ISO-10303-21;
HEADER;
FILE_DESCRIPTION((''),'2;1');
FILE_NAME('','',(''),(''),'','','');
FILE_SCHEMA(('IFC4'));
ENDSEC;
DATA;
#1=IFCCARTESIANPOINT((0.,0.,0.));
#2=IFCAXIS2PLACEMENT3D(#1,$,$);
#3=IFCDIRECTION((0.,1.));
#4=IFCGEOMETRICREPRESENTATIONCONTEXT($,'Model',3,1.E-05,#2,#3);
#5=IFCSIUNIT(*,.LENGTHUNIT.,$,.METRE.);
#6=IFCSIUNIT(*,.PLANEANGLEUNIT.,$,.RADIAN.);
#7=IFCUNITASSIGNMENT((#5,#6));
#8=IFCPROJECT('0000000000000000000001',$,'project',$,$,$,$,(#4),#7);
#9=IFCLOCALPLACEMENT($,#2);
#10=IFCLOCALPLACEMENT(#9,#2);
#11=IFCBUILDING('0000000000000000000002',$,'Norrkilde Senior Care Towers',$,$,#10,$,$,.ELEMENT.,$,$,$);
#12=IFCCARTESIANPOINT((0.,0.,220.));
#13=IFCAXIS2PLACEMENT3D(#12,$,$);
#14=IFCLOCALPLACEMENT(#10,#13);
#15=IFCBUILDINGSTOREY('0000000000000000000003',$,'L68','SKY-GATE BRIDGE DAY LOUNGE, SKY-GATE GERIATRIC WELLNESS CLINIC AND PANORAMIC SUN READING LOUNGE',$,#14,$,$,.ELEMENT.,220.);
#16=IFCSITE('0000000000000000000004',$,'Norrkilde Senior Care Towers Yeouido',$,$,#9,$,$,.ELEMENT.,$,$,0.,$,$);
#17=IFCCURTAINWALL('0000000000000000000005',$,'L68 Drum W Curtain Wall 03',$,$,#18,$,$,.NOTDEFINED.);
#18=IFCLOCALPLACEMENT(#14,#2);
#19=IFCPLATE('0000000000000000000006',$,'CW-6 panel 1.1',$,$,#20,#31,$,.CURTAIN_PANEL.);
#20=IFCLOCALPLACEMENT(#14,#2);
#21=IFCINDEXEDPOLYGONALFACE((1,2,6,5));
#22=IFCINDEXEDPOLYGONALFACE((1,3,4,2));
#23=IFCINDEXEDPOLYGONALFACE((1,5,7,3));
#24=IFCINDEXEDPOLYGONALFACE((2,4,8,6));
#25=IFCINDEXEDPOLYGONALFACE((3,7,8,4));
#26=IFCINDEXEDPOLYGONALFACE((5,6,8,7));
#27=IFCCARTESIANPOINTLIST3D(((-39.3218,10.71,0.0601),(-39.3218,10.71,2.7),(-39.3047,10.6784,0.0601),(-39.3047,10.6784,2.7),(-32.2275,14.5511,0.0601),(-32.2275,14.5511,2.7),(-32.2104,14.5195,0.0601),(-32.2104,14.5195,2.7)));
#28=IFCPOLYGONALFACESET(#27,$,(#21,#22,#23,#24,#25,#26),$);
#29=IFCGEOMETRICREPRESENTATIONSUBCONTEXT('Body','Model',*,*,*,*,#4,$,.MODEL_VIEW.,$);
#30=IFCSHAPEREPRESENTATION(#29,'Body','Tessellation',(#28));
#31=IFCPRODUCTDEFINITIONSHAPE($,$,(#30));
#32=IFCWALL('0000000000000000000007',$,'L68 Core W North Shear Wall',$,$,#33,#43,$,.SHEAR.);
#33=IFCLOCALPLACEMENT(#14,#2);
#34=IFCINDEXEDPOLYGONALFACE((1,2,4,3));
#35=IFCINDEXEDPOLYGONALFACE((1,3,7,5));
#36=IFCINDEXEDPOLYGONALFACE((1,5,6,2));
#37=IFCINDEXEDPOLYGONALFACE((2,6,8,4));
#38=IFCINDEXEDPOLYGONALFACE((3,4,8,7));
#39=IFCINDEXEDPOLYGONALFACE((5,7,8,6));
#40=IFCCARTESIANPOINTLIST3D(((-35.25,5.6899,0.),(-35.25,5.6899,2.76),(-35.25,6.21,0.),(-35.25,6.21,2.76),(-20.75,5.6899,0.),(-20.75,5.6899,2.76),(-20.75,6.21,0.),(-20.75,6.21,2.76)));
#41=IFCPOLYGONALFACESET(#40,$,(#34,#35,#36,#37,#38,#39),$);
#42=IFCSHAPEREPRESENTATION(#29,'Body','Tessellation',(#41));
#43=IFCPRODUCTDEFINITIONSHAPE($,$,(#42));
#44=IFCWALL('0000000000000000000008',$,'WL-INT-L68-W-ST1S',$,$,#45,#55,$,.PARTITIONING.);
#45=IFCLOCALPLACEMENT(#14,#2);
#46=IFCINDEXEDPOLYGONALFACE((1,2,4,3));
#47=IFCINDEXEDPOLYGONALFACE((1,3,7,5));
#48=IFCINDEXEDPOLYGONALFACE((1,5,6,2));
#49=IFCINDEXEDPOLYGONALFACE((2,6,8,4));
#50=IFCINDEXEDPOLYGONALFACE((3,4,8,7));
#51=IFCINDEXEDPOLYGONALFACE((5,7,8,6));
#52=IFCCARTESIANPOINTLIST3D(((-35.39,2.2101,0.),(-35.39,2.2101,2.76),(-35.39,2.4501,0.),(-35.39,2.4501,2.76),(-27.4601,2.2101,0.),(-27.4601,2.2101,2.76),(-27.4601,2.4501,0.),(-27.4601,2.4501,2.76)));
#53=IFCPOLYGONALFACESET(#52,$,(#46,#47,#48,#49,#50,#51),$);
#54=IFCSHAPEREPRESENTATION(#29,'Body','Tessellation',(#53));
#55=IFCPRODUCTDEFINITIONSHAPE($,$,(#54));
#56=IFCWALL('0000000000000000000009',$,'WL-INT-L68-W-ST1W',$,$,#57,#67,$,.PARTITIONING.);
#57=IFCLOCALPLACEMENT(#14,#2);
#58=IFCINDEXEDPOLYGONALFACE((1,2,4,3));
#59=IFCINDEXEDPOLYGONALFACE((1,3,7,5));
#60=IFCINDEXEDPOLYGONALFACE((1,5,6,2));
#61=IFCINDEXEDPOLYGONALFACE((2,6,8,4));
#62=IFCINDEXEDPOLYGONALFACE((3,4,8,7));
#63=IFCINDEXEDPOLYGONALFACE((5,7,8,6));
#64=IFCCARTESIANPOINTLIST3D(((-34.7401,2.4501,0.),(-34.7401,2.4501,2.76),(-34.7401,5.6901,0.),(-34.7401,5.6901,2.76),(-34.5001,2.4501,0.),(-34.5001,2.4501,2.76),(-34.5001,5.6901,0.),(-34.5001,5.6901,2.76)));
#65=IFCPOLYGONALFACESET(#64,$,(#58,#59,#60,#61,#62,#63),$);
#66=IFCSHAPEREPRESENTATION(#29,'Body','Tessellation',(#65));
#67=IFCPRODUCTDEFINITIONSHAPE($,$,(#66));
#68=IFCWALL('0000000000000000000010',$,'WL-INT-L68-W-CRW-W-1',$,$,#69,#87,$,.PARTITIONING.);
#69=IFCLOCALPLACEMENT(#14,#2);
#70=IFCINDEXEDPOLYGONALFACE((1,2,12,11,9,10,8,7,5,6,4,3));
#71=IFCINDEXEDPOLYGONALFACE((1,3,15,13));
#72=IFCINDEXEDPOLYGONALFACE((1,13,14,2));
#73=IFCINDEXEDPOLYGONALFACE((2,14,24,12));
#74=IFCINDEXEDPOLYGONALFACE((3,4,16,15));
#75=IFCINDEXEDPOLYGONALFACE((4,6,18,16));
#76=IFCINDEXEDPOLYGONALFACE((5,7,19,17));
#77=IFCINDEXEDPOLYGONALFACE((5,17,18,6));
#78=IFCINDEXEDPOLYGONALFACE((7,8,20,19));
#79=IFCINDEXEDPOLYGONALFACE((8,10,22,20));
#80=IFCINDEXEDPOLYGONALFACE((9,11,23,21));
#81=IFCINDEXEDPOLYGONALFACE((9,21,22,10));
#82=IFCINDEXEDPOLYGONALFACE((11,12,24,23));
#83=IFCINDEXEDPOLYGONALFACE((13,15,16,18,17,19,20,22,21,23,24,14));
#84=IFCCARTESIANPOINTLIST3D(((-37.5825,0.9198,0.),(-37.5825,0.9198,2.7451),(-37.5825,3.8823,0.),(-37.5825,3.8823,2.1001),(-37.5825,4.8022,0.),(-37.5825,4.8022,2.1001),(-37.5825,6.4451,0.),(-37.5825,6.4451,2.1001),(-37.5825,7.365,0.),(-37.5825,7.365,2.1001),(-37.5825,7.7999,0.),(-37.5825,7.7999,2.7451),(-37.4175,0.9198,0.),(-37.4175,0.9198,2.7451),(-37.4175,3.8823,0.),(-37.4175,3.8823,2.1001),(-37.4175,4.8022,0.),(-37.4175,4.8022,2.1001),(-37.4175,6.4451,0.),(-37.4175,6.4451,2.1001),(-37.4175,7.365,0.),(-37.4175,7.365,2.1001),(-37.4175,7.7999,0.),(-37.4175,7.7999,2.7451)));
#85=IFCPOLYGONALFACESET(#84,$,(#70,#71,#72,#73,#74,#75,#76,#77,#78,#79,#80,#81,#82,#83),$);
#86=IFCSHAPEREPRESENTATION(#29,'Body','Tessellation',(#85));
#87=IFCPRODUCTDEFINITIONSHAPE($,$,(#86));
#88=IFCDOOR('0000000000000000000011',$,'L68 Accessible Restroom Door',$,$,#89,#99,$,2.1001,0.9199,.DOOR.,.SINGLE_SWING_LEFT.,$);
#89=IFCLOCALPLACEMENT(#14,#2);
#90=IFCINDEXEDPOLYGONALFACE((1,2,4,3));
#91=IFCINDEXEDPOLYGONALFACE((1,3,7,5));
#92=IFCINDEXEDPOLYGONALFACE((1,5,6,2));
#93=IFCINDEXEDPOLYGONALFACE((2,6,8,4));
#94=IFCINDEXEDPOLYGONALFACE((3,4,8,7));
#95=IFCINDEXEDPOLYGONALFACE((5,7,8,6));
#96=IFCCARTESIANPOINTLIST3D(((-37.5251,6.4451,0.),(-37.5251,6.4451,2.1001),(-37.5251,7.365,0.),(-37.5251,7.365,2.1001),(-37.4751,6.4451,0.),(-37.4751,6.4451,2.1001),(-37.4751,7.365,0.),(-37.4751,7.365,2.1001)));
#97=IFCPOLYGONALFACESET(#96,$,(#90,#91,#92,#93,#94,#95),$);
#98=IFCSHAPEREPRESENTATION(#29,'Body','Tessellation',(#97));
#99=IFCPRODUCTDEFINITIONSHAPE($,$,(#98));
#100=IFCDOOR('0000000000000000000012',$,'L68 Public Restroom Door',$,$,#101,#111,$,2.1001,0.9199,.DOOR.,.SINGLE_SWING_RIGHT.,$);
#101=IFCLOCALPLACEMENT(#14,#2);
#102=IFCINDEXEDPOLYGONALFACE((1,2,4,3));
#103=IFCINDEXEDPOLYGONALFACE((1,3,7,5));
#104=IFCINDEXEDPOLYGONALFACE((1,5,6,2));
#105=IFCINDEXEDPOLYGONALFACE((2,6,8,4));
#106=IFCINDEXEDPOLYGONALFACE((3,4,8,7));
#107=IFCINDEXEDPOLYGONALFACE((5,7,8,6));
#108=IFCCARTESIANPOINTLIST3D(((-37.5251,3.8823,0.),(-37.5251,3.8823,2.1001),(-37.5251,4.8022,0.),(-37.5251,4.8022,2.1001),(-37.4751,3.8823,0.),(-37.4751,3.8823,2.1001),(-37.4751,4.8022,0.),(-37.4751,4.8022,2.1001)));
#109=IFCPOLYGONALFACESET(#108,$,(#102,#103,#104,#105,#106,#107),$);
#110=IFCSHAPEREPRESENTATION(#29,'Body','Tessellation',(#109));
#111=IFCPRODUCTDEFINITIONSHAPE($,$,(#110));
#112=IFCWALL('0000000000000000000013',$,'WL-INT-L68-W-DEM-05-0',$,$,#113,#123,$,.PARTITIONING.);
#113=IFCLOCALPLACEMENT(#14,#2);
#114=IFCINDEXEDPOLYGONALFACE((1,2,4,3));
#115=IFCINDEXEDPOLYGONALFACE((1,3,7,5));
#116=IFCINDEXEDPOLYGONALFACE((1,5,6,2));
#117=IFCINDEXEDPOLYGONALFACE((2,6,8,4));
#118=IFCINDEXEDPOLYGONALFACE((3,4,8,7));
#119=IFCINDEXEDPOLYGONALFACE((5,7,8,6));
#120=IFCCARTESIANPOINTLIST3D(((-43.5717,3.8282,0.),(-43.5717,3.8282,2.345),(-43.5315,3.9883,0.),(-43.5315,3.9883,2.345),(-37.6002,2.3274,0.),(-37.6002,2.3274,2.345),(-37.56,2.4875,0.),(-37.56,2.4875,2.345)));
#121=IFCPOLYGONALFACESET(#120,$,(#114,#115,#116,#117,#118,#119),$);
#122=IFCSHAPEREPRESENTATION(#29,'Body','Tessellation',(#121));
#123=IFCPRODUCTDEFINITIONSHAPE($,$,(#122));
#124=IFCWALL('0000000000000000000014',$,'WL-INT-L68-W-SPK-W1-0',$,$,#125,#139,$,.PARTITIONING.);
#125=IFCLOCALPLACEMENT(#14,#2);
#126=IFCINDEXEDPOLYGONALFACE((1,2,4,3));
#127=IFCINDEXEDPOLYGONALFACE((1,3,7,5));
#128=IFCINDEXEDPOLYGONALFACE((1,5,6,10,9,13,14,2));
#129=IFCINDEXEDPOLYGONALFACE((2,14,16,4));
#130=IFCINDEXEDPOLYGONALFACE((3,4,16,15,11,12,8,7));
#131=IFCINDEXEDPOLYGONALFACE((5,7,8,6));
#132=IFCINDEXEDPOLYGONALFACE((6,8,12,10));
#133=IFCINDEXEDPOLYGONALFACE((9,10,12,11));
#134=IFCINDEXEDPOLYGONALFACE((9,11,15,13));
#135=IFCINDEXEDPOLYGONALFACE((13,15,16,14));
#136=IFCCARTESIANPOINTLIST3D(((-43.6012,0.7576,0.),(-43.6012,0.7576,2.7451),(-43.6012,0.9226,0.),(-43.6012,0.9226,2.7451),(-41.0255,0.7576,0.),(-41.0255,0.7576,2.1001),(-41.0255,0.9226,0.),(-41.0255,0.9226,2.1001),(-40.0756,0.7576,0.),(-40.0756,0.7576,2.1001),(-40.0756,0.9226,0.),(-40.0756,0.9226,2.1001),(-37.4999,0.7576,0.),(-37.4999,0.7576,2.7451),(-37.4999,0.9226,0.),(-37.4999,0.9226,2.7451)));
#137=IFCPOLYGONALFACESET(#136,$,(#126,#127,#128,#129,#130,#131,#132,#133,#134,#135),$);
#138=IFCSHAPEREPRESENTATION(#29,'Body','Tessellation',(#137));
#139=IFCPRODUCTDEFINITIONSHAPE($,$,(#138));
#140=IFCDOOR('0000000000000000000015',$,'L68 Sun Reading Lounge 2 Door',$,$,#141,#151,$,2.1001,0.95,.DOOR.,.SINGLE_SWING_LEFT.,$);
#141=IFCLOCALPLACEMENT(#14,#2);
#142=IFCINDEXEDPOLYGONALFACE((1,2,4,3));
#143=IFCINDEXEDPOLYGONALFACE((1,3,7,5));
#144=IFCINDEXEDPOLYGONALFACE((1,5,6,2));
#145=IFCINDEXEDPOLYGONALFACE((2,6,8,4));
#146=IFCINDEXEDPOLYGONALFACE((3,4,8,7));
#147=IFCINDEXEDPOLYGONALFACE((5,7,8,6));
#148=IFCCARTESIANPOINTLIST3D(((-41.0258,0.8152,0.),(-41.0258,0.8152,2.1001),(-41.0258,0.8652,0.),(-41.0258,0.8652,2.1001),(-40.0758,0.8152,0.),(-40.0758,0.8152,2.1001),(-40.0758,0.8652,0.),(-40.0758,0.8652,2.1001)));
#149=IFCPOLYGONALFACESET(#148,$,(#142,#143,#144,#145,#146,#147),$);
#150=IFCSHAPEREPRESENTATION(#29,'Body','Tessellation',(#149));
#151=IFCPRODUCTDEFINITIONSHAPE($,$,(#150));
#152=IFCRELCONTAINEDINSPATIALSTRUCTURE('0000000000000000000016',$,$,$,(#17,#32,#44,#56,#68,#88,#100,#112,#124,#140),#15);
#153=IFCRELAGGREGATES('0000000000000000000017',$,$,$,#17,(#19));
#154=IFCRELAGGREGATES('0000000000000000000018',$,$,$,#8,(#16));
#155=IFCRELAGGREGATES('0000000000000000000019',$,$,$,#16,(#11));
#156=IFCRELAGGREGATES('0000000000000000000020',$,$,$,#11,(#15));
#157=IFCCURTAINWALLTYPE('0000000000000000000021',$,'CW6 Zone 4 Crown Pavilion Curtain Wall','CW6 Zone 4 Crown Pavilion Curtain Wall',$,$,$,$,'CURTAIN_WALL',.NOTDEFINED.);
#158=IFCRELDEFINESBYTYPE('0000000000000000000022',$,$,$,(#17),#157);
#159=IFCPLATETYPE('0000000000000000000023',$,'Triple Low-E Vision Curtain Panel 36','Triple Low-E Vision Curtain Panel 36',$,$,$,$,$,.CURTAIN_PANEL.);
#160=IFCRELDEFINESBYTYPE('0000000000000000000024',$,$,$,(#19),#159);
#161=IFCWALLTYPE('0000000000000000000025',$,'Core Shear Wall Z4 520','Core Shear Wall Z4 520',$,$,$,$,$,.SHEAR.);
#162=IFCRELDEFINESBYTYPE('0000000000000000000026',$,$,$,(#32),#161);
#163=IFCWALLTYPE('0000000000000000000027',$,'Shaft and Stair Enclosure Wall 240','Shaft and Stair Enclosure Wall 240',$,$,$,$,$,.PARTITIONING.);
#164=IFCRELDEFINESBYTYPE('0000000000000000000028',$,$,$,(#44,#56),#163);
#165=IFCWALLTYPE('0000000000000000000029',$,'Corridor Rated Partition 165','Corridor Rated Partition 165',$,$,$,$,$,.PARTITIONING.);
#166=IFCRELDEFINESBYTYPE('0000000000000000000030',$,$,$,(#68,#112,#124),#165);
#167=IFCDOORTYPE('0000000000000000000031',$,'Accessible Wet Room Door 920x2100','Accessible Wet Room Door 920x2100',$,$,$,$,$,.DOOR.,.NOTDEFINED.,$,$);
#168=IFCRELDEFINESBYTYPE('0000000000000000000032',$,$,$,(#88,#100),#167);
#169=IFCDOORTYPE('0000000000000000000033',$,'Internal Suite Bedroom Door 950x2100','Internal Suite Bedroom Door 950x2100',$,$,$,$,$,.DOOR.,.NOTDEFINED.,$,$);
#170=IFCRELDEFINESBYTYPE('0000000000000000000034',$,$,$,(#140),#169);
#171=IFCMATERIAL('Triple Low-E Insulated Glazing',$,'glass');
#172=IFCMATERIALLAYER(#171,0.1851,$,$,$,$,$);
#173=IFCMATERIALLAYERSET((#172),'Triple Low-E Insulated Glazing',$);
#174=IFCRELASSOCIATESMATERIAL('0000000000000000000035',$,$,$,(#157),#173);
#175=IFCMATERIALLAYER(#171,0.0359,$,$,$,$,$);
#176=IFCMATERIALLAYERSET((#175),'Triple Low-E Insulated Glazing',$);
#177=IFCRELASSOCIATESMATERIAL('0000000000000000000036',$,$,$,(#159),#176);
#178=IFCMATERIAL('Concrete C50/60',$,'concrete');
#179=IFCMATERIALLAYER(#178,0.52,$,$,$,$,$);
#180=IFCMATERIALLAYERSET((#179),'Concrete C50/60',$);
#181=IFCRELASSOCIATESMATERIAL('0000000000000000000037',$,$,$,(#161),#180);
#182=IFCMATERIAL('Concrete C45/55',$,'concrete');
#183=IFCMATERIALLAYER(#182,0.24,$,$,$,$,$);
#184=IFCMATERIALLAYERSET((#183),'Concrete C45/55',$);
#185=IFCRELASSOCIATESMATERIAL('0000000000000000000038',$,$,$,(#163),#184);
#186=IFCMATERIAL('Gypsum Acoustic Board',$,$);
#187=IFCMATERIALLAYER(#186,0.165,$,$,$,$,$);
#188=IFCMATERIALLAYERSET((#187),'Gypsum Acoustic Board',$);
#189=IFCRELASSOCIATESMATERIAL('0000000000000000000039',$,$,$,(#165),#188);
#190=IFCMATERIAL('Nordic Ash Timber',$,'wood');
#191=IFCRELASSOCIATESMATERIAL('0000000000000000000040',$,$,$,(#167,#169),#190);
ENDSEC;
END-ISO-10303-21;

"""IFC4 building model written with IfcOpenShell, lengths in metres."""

from ifc_helpers import new_model, si_unit, direction, frame, frame_2d, origin, origin_2d, place, context, subcontext, project, spatial, rectangle, extrude, source, transform, mapped, material, layer, layer_set, type_object, type_shapes, element, fill, aggregate, save


model = new_model("IFC4")

# Units and contexts
model_context = context("Model", 3, precision=1e-05, world=origin(), true_north=direction((0.0, 1.0)))
body_context = subcontext(model_context, "Body", "Model", "MODEL_VIEW")
ifc_project = project(units=[si_unit("LENGTHUNIT", "METRE"), si_unit("PLANEANGLEUNIT", "RADIAN")], contexts=[model_context])

# Site, building, storey
site_placement = place(None, origin())
site = spatial("IfcSite", under=ifc_project, at=site_placement, Name="Norrkilde Senior Care Towers Yeouido", CompositionType="ELEMENT", RefElevation=0.0)
building_placement = place(site_placement, origin())
building = spatial("IfcBuilding", under=site, at=building_placement, Name="Norrkilde Senior Care Towers", CompositionType="ELEMENT")
storey_placement = place(building_placement, frame((0.0, 0.0, 220.0)))
storey = spatial("IfcBuildingStorey", under=building, at=storey_placement, Name="L68", Description="SKY-GATE BRIDGE DAY LOUNGE, SKY-GATE GERIATRIC WELLNESS CLINIC AND PANORAMIC SUN READING LOUNGE", CompositionType="ELEMENT", Elevation=220.0)

# Shared definitions
ifc_material_1 = material(Name="Concrete C50/60", Category="concrete")

# Curtain wall
ifc_material_2 = material(Name="Triple Low-E Insulated Glazing", Category="glass")
ifc_layer_1 = layer(ifc_material_2, 0.1851)
ifc_layer_set_1 = layer_set([ifc_layer_1], Name="Triple Low-E Insulated Glazing")
curtain_wall_type = type_object("IfcCurtainWallType", Name="CW6 Zone 4 Crown Pavilion Curtain Wall", Description="CW6 Zone 4 Crown Pavilion Curtain Wall", ElementType="CURTAIN_WALL", PredefinedType="NOTDEFINED", material=ifc_layer_set_1)
curtain_wall_1_placement = place(storey_placement, origin())
curtain_wall_1 = element("IfcCurtainWall", 1, at=curtain_wall_1_placement, inside=storey, type_object=curtain_wall_type, Name="L68 Drum W Curtain Wall 03", PredefinedType="NOTDEFINED")

# Plate
ifc_layer_2 = layer(ifc_material_2, 0.0359)
ifc_layer_set_2 = layer_set([ifc_layer_2], Name="Triple Low-E Insulated Glazing")
plate_type = type_object("IfcPlateType", Name="Triple Low-E Vision Curtain Panel 36", Description="Triple Low-E Vision Curtain Panel 36", PredefinedType="CURTAIN_PANEL", material=ifc_layer_set_2)
shared_shape_1 = source(origin(), body_context, "Body", "SweptSolid", [
    extrude(rectangle(XDim=8.0674, YDim=0.0359, at=origin_2d()), origin(), (0.0, 0.0, 1.0), 2.6399),
])
plate_1_placement = place(storey_placement, frame((-35.7661, 12.6147, 0.0601), z_axis=(0.0, 0.0, 1.0), x_axis=(0.879373, 0.476133, 0.0)))
plate_1 = element("IfcPlate", 2, at=plate_1_placement, type_object=plate_type, Name="CW-6 panel 1.1", PredefinedType="CURTAIN_PANEL", context=body_context, shape_type="MappedRepresentation", body=[
    mapped(shared_shape_1, transform((0.0, 0.0, 0.0), x_axis=(1.0, 0.0, 0.0), y_axis=(0.0, 1.0, 0.0), z_axis=(0.0, 0.0, 1.0), scale=1.0)),
])
aggregate(curtain_wall_1, [plate_1])

# Walls
ifc_layer_3 = layer(ifc_material_1, 0.52)
ifc_layer_set_3 = layer_set([ifc_layer_3], Name="Concrete C50/60")
wall_type_1 = type_object("IfcWallType", Name="Core Shear Wall Z4 520", Description="Core Shear Wall Z4 520", PredefinedType="SHEAR", material=ifc_layer_set_3)
shared_shape_2 = source(origin(), body_context, "Body", "SweptSolid", [
    extrude(rectangle(XDim=14.5, YDim=0.52, at=frame_2d((7.25, 0.0))), origin(), (0.0, 0.0, 1.0), 2.76),
])
type_shapes(wall_type_1, [shared_shape_2])
wall_1_placement = place(storey_placement, frame((-35.25, 5.95, 0.0), z_axis=(0.0, 0.0, 1.0), x_axis=(1.0, 0.0, 0.0)))
element("IfcWall", 3, at=wall_1_placement, inside=storey, type_object=wall_type_1, Name="L68 Core W North Shear Wall", PredefinedType="SHEAR", context=body_context, shape_type="MappedRepresentation", body=[
    mapped(shared_shape_2, transform((0.0, 0.0, 0.0), x_axis=(1.0, 0.0, 0.0), y_axis=(0.0, 1.0, 0.0), z_axis=(0.0, 0.0, 1.0), scale=1.0)),
])
ifc_material_3 = material(Name="Concrete C45/55", Category="concrete")
ifc_layer_4 = layer(ifc_material_3, 0.24)
ifc_layer_set_4 = layer_set([ifc_layer_4], Name="Concrete C45/55")
wall_type_2 = type_object("IfcWallType", Name="Shaft and Stair Enclosure Wall 240", Description="Shaft and Stair Enclosure Wall 240", PredefinedType="PARTITIONING", material=ifc_layer_set_4)
shared_shape_3 = source(origin(), body_context, "Body", "SweptSolid", [
    extrude(rectangle(XDim=7.9299, YDim=0.24, at=frame_2d((3.9648, 0.0))), origin(), (0.0, 0.0, 1.0), 2.76),
])
wall_2_placement = place(storey_placement, frame((-35.3899, 2.3301, 0.0), z_axis=(0.0, 0.0, 1.0), x_axis=(1.0, 0.0, 0.0)))
element("IfcWall", 4, at=wall_2_placement, inside=storey, type_object=wall_type_2, Name="WL-INT-L68-W-ST1S", PredefinedType="PARTITIONING", context=body_context, shape_type="MappedRepresentation", body=[
    mapped(shared_shape_3, transform((0.0, 0.0, 0.0), x_axis=(1.0, 0.0, 0.0), y_axis=(0.0, 1.0, 0.0), z_axis=(0.0, 0.0, 1.0), scale=1.0)),
])
shared_shape_4 = source(origin(), body_context, "Body", "SweptSolid", [
    extrude(rectangle(XDim=3.24, YDim=0.24, at=frame_2d((1.6201, 0.0))), origin(), (0.0, 0.0, 1.0), 2.76),
])
type_shapes(wall_type_2, [shared_shape_3, shared_shape_4])
wall_3_placement = place(storey_placement, frame((-34.6201, 2.45, 0.0), z_axis=(0.0, 0.0, 1.0), x_axis=(0.0, 1.0, 0.0)))
element("IfcWall", 5, at=wall_3_placement, inside=storey, type_object=wall_type_2, Name="WL-INT-L68-W-ST1W", PredefinedType="PARTITIONING", context=body_context, shape_type="MappedRepresentation", body=[
    mapped(shared_shape_4, transform((0.0, 0.0, 0.0), x_axis=(1.0, 0.0, 0.0), y_axis=(0.0, 1.0, 0.0), z_axis=(0.0, 0.0, 1.0), scale=1.0)),
])

# Wall, openings, doors
ifc_material_4 = material(Name="Gypsum Acoustic Board")
ifc_layer_5 = layer(ifc_material_4, 0.165)
ifc_layer_set_5 = layer_set([ifc_layer_5], Name="Gypsum Acoustic Board")
wall_type_3 = type_object("IfcWallType", Name="Corridor Rated Partition 165", Description="Corridor Rated Partition 165", PredefinedType="PARTITIONING", material=ifc_layer_set_5)
ifc_material_5 = material(Name="Nordic Ash Timber", Category="wood")
shared_shape_5 = source(origin(), body_context, "Body", "SweptSolid", [
    extrude(rectangle(XDim=6.8801, YDim=0.165, at=frame_2d((3.4399, 0.0))), origin(), (0.0, 0.0, 1.0), 2.7451),
])
wall_4_placement = place(storey_placement, frame((-37.5, 0.9199, 0.0), z_axis=(0.0, 0.0, 1.0), x_axis=(0.0, 1.0, 0.0)))
wall_4 = element("IfcWall", 6, at=wall_4_placement, inside=storey, type_object=wall_type_3, Name="WL-INT-L68-W-CRW-W-1", PredefinedType="PARTITIONING", context=body_context, shape_type="MappedRepresentation", body=[
    mapped(shared_shape_5, transform((0.0, 0.0, 0.0), x_axis=(1.0, 0.0, 0.0), y_axis=(0.0, 1.0, 0.0), z_axis=(0.0, 0.0, 1.0), scale=1.0)),
])
opening_1_placement = place(wall_4_placement, frame((5.5251, 0.0, 0.0)))
opening_1 = element("IfcOpeningElement", 7, at=opening_1_placement, cuts=wall_4, PredefinedType="OPENING", context=body_context, shape_type="SweptSolid", body=[
    extrude(rectangle(XDim=0.9199, YDim=2.1001, at=frame_2d((0.46, 1.05))), frame((0.0, 0.0925, 0.0), z_axis=(0.0, -1.0, 0.0), x_axis=(1.0, 0.0, 0.0)), (0.0, 0.0, 1.0), 0.1851),
])
opening_2_placement = place(wall_4_placement, frame((2.9624, 0.0, 0.0)))
opening_2 = element("IfcOpeningElement", 8, at=opening_2_placement, cuts=wall_4, PredefinedType="OPENING", context=body_context, shape_type="SweptSolid", body=[
    extrude(rectangle(XDim=0.9199, YDim=2.1001, at=frame_2d((0.46, 1.05))), frame((0.0, 0.0925, 0.0), z_axis=(0.0, -1.0, 0.0), x_axis=(1.0, 0.0, 0.0)), (0.0, 0.0, 1.0), 0.1851),
])
door_type_1 = type_object("IfcDoorType", Name="Accessible Wet Room Door 920x2100", Description="Accessible Wet Room Door 920x2100", OperationType="NOTDEFINED", PredefinedType="DOOR", material=ifc_material_5)
shared_shape_6 = source(origin(), body_context, "Body", "SweptSolid", [
    extrude(rectangle(XDim=0.9199, YDim=2.1001, at=frame_2d((0.46, 1.05))), frame((0.0, 0.0249, 0.0), z_axis=(0.0, -1.0, 0.0), x_axis=(1.0, 0.0, 0.0)), (0.0, 0.0, 1.0), 0.05),
])
type_shapes(door_type_1, [shared_shape_6])
door_1_placement = place(opening_1_placement, frame((0.9199, 0.0, 0.0), z_axis=(0.0, 0.0, 1.0), x_axis=(-1.0, 0.0, 0.0)))
door_1 = element("IfcDoor", 9, at=door_1_placement, inside=storey, type_object=door_type_1, Name="L68 Accessible Restroom Door", OperationType="SINGLE_SWING_LEFT", OverallHeight=2.1001, OverallWidth=0.9199, PredefinedType="DOOR", context=body_context, shape_type="MappedRepresentation", body=[
    mapped(shared_shape_6, transform((0.0, 0.0, 0.0), x_axis=(1.0, 0.0, 0.0), y_axis=(0.0, 1.0, 0.0), z_axis=(0.0, 0.0, 1.0), scale=1.0)),
])
fill(opening_1, door_1)
door_2_placement = place(opening_2_placement, frame((0.9199, 0.0, 0.0), z_axis=(0.0, 0.0, 1.0), x_axis=(-1.0, 0.0, 0.0)))
door_2 = element("IfcDoor", 10, at=door_2_placement, inside=storey, type_object=door_type_1, Name="L68 Public Restroom Door", OperationType="SINGLE_SWING_RIGHT", OverallHeight=2.1001, OverallWidth=0.9199, PredefinedType="DOOR", context=body_context, shape_type="MappedRepresentation", body=[
    mapped(shared_shape_6, transform((0.0, 0.0, 0.0), x_axis=(1.0, 0.0, 0.0), y_axis=(0.0, 1.0, 0.0), z_axis=(0.0, 0.0, 1.0), scale=1.0)),
])
fill(opening_2, door_2)

# Wall
shared_shape_7 = source(origin(), body_context, "Body", "SweptSolid", [
    extrude(rectangle(XDim=6.1572, YDim=0.165, at=frame_2d((3.0786, 0.0))), origin(), (0.0, 0.0, 1.0), 2.345),
])
wall_5_placement = place(storey_placement, frame((-37.5801, 2.4075, 0.0), z_axis=(0.0, 0.0, 1.0), x_axis=(-0.969841, 0.243739, 0.0)))
element("IfcWall", 11, at=wall_5_placement, inside=storey, type_object=wall_type_3, Name="WL-INT-L68-W-DEM-05-0", PredefinedType="PARTITIONING", context=body_context, shape_type="MappedRepresentation", body=[
    mapped(shared_shape_7, transform((0.0, 0.0, 0.0), x_axis=(1.0, 0.0, 0.0), y_axis=(0.0, 1.0, 0.0), z_axis=(0.0, 0.0, 1.0), scale=1.0)),
])

# Wall, opening, door
shared_shape_8 = source(origin(), body_context, "Body", "SweptSolid", [
    extrude(rectangle(XDim=6.1013, YDim=0.165, at=frame_2d((3.0508, 0.0))), origin(), (0.0, 0.0, 1.0), 2.7451),
])
wall_6_placement = place(storey_placement, frame((-43.6013, 0.8401, 0.0), z_axis=(0.0, 0.0, 1.0), x_axis=(1.0, 0.0, 0.0)))
wall_6 = element("IfcWall", 12, at=wall_6_placement, inside=storey, type_object=wall_type_3, Name="WL-INT-L68-W-SPK-W1-0", PredefinedType="PARTITIONING", context=body_context, shape_type="MappedRepresentation", body=[
    mapped(shared_shape_8, transform((0.0, 0.0, 0.0), x_axis=(1.0, 0.0, 0.0), y_axis=(0.0, 1.0, 0.0), z_axis=(0.0, 0.0, 1.0), scale=1.0)),
])
opening_3_placement = place(wall_6_placement, frame((2.5757, 0.0, 0.0)))
opening_3 = element("IfcOpeningElement", 13, at=opening_3_placement, cuts=wall_6, PredefinedType="OPENING", context=body_context, shape_type="SweptSolid", body=[
    extrude(rectangle(XDim=0.95, YDim=2.1001, at=frame_2d((0.4751, 1.05))), frame((0.0, 0.0925, 0.0), z_axis=(0.0, -1.0, 0.0), x_axis=(1.0, 0.0, 0.0)), (0.0, 0.0, 1.0), 0.1851),
])
door_type_2 = type_object("IfcDoorType", Name="Internal Suite Bedroom Door 950x2100", Description="Internal Suite Bedroom Door 950x2100", OperationType="NOTDEFINED", PredefinedType="DOOR", material=ifc_material_5)
shared_shape_9 = source(origin(), body_context, "Body", "SweptSolid", [
    extrude(rectangle(XDim=0.95, YDim=2.1001, at=frame_2d((0.4751, 1.05))), frame((0.0, 0.0249, 0.0), z_axis=(0.0, -1.0, 0.0), x_axis=(1.0, 0.0, 0.0)), (0.0, 0.0, 1.0), 0.05),
])
type_shapes(door_type_2, [shared_shape_9])
door_3_placement = place(opening_3_placement, frame((0.95, 0.0, 0.0), z_axis=(0.0, 0.0, 1.0), x_axis=(-1.0, 0.0, 0.0)))
door_3 = element("IfcDoor", 14, at=door_3_placement, inside=storey, type_object=door_type_2, Name="L68 Sun Reading Lounge 2 Door", OperationType="SINGLE_SWING_LEFT", OverallHeight=2.1001, OverallWidth=0.95, PredefinedType="DOOR", context=body_context, shape_type="MappedRepresentation", body=[
    mapped(shared_shape_9, transform((0.0, 0.0, 0.0), x_axis=(1.0, 0.0, 0.0), y_axis=(0.0, 1.0, 0.0), z_axis=(0.0, 0.0, 1.0), scale=1.0)),
])
fill(opening_3, door_3)

save(model, "model.ifc")
